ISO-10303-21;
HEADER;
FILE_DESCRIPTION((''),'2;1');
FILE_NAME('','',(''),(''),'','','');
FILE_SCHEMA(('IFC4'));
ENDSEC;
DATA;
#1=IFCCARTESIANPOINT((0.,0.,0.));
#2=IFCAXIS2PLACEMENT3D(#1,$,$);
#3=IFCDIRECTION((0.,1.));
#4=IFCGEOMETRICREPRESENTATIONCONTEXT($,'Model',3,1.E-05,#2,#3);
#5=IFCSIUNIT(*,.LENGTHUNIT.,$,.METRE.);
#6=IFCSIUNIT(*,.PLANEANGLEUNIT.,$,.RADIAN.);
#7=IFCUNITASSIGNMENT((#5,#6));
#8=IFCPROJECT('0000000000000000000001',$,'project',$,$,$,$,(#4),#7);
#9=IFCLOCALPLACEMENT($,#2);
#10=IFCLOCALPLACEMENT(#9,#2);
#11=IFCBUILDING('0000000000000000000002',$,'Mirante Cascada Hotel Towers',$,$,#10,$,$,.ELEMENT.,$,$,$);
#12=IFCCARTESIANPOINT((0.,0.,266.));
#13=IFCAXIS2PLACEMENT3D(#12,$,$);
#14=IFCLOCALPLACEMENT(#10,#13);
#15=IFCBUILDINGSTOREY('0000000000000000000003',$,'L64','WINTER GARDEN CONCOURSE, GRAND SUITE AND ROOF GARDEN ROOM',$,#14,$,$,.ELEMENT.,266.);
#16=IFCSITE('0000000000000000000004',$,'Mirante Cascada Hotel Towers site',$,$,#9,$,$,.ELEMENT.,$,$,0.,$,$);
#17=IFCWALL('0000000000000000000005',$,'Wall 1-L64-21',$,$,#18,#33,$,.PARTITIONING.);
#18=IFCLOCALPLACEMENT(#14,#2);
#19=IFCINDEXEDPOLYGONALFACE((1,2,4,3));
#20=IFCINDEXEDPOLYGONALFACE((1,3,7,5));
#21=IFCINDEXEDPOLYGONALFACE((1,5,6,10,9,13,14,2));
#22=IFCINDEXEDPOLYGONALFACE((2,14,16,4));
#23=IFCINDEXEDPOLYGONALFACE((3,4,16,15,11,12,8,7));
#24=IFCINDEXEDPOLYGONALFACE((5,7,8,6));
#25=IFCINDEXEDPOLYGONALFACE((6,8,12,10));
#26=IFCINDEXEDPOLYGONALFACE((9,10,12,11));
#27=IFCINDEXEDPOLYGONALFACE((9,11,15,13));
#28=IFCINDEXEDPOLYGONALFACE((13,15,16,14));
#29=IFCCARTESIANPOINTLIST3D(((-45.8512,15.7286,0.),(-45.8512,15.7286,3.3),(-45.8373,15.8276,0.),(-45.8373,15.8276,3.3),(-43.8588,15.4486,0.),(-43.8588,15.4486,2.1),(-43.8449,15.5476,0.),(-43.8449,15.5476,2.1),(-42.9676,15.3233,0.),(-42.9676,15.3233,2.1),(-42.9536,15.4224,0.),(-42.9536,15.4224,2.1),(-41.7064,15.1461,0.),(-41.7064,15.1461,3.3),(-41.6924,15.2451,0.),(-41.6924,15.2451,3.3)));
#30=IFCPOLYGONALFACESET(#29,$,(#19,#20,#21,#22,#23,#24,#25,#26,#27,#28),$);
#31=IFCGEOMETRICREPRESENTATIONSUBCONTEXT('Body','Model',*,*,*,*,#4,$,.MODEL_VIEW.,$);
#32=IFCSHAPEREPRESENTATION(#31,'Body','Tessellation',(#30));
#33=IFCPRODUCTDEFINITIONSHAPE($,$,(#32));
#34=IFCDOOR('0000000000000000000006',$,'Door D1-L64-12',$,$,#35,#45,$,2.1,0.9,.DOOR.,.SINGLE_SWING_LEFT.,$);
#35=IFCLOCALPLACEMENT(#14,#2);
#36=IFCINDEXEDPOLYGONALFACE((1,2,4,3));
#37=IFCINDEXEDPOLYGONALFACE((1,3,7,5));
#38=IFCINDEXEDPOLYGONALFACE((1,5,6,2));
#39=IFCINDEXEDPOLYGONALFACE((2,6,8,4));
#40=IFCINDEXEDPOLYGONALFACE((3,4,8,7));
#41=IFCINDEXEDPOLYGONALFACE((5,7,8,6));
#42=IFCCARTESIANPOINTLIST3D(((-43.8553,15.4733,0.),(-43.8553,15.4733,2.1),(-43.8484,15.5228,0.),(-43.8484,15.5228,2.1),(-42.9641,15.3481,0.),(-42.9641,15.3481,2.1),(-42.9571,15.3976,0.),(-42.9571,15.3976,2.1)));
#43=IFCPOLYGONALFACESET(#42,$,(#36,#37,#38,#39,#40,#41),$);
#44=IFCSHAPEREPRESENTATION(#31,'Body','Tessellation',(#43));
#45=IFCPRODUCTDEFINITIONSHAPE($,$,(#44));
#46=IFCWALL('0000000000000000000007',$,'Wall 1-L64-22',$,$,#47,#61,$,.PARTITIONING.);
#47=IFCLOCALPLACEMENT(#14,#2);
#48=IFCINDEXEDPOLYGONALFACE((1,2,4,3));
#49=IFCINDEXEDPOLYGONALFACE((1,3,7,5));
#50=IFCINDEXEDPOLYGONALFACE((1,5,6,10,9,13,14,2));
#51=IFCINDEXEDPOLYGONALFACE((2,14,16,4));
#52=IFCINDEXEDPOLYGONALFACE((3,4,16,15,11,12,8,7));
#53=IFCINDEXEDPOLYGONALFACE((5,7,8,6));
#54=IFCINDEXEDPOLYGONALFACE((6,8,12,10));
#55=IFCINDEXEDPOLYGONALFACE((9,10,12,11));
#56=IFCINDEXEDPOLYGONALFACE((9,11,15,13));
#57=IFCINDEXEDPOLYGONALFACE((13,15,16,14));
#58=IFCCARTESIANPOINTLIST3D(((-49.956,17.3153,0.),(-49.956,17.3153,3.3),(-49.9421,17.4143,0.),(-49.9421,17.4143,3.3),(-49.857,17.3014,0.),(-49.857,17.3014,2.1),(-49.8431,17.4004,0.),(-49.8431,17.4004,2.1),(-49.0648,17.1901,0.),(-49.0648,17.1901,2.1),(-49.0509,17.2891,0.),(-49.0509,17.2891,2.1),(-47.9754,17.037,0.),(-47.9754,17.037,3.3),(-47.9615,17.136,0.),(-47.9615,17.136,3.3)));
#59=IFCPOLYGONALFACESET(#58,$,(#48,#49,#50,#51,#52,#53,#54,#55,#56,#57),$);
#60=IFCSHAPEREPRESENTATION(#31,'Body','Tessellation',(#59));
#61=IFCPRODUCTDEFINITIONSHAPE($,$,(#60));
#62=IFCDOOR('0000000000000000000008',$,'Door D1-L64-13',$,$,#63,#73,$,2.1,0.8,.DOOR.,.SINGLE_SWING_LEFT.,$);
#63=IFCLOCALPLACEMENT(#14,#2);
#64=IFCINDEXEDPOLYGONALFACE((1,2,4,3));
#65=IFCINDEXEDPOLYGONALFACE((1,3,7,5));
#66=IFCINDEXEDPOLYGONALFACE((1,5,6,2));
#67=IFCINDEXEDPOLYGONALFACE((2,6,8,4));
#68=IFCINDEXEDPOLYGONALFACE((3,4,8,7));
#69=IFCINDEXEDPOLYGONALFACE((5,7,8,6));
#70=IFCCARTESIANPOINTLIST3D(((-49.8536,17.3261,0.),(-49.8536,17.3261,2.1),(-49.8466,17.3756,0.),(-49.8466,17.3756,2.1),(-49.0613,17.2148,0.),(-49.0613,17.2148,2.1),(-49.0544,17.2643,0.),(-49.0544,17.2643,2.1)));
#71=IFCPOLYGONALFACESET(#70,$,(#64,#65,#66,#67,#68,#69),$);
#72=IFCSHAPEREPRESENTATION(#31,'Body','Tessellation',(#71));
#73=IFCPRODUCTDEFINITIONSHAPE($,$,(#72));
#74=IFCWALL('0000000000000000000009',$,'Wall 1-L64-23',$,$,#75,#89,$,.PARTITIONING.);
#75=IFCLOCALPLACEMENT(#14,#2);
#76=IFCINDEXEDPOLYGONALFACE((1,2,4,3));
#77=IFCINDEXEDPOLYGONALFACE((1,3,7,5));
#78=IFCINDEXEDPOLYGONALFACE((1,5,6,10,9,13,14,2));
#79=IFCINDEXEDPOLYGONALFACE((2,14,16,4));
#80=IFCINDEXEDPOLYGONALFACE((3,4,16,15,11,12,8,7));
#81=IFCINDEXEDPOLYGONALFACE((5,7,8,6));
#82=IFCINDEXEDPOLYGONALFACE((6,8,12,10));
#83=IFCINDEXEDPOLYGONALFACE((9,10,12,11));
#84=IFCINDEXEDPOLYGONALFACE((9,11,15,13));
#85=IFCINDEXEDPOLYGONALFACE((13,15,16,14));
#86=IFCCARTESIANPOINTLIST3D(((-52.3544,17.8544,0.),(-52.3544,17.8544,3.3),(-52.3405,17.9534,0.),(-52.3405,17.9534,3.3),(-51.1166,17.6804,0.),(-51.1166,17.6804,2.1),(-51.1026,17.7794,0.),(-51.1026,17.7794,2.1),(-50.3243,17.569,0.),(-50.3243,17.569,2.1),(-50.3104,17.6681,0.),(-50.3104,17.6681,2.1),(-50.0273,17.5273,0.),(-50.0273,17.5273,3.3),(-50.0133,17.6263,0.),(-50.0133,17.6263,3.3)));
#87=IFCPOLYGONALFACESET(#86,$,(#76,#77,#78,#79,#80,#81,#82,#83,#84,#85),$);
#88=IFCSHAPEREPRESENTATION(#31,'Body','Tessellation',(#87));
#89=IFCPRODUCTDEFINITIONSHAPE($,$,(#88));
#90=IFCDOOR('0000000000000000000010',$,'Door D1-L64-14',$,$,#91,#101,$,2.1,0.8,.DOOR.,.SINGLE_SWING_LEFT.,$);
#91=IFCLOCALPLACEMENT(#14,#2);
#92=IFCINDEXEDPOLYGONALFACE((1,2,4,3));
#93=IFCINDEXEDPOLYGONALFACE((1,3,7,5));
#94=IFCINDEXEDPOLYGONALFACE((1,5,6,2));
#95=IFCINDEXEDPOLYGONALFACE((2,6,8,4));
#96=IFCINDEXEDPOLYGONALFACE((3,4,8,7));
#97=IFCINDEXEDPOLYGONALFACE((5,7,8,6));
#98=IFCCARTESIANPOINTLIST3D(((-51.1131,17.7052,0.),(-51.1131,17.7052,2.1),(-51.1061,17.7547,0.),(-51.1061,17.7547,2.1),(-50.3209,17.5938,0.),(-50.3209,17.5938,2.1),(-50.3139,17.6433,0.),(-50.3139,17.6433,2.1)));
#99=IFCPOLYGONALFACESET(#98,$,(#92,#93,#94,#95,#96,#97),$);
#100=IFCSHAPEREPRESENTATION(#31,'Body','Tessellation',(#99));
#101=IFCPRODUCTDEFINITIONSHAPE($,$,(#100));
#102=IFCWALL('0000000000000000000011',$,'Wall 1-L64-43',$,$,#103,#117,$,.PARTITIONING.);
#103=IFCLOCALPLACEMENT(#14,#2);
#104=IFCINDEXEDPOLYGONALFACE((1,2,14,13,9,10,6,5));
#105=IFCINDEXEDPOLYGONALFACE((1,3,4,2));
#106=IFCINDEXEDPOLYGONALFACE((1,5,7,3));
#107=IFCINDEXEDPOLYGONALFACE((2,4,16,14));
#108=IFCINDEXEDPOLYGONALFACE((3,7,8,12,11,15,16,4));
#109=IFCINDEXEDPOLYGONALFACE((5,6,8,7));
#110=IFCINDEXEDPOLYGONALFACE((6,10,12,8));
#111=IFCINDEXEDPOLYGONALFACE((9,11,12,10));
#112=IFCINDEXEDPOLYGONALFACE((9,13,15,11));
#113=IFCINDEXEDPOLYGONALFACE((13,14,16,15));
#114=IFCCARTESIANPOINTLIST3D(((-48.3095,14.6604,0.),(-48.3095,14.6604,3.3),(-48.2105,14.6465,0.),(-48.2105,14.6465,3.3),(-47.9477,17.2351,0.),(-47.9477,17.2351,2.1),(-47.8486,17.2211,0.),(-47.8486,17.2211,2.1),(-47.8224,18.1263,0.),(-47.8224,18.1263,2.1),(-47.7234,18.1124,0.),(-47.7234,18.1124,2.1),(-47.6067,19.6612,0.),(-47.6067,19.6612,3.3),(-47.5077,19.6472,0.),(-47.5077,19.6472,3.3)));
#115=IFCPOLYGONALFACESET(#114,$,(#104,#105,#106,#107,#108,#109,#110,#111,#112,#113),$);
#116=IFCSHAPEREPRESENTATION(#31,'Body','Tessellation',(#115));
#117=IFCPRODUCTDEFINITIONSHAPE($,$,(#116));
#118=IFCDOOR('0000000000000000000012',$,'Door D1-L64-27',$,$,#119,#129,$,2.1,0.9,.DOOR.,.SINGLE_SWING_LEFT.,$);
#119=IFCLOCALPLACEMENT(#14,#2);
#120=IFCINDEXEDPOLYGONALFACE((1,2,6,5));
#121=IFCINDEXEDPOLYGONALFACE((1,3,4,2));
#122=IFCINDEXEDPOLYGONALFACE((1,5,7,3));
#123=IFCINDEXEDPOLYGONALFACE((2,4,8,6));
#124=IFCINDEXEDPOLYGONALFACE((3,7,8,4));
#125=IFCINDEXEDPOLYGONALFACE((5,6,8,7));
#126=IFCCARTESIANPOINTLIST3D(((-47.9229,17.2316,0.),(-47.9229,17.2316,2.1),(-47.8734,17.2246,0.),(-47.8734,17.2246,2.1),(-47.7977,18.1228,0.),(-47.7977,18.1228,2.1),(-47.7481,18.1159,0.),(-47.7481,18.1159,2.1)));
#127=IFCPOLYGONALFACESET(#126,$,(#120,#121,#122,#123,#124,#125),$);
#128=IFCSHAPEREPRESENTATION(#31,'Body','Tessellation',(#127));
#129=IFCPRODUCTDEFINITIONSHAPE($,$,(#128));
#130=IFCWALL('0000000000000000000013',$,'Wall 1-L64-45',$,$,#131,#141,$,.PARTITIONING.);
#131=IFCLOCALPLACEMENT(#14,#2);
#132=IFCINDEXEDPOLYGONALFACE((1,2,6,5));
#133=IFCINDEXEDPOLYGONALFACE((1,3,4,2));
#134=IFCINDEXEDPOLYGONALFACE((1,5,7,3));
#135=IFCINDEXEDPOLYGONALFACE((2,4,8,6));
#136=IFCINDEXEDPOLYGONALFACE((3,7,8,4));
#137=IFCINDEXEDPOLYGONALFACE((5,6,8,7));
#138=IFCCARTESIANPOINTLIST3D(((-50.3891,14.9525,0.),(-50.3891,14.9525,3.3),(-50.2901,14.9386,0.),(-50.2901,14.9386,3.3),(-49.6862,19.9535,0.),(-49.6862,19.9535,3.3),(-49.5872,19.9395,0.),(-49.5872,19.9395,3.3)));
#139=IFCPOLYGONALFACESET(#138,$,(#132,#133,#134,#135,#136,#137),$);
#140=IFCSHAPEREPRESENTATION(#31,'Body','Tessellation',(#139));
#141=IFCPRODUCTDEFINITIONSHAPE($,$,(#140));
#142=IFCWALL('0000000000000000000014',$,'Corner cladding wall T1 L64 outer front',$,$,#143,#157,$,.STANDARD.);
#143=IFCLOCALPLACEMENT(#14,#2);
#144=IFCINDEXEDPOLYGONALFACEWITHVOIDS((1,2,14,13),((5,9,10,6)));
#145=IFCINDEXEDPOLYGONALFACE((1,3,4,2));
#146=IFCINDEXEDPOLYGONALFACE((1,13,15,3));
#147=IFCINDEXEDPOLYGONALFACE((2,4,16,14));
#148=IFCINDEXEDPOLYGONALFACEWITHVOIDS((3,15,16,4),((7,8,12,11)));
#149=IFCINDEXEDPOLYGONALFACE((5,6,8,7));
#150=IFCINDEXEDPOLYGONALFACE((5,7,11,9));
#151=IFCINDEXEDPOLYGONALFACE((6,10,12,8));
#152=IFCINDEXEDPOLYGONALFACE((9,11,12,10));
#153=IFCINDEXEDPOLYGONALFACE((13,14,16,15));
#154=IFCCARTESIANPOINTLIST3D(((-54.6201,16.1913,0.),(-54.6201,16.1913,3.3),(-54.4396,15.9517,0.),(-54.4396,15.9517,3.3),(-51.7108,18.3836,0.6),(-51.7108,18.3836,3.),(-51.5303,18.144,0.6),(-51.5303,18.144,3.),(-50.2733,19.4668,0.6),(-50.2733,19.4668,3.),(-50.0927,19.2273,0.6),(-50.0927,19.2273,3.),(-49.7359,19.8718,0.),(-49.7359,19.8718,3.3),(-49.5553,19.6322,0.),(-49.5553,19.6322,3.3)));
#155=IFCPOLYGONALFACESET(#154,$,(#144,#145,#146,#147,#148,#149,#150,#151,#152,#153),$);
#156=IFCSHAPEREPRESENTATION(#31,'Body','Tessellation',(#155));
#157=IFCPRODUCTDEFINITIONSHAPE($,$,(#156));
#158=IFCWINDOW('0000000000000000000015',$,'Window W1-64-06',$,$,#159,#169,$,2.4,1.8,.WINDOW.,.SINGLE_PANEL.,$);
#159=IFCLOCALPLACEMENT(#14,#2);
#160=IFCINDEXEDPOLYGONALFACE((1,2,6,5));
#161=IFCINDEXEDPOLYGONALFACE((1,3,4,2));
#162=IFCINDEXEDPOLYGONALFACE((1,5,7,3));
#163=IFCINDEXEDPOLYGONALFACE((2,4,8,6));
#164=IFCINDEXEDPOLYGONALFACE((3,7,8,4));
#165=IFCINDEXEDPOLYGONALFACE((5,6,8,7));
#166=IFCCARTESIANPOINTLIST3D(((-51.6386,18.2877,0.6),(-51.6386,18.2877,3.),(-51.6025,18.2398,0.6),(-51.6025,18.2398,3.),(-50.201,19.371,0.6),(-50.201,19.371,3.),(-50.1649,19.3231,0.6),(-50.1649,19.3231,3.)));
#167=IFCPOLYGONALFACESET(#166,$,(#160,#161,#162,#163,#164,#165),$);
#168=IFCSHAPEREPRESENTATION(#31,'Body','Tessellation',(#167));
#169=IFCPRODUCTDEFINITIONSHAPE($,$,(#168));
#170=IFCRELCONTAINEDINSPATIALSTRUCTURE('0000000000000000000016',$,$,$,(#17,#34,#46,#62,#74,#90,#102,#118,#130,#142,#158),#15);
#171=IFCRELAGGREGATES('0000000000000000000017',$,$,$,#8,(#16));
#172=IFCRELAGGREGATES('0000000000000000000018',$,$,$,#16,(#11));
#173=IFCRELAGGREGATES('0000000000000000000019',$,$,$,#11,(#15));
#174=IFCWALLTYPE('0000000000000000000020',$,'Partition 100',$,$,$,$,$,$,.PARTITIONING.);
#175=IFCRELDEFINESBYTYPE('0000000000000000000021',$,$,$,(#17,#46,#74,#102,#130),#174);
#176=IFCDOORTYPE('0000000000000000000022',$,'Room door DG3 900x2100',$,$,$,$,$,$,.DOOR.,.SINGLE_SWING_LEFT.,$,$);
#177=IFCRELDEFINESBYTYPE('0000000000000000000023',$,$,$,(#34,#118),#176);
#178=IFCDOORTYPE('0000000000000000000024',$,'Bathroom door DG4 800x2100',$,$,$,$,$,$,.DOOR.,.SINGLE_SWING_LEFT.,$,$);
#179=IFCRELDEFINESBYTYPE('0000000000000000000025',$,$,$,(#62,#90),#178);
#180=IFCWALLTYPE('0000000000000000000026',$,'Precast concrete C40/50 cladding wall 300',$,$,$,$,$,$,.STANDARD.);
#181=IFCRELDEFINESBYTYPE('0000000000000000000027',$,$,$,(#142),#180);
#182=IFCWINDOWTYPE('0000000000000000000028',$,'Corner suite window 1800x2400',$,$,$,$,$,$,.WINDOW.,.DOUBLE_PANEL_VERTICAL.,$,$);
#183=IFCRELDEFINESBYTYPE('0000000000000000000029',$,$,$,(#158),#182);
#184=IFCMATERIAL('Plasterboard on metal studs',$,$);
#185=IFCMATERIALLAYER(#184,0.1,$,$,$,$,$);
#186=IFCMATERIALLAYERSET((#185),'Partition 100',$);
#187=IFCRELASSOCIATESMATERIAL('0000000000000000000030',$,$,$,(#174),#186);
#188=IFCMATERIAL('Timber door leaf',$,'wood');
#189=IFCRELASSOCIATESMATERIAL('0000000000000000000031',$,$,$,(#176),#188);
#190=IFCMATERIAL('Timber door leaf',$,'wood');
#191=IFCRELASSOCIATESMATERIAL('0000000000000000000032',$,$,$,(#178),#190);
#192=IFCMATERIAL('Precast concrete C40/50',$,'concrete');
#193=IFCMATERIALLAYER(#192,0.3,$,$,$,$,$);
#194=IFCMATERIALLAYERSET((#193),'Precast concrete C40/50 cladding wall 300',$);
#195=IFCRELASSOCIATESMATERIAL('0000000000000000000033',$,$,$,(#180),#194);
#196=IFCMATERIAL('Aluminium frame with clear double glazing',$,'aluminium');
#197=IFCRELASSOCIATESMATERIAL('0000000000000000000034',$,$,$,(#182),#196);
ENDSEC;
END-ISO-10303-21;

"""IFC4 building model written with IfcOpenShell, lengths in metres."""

from ifc_helpers import new_model, si_unit, direction, frame, frame_2d, origin, place, context, subcontext, project, spatial, rectangle, extrude, material, layer, layer_set, type_object, element, fill, save


model = new_model("IFC4")

# Units and contexts
model_context = context("Model", 3, precision=1e-05, world=origin(), true_north=direction((0.0, 1.0)))
body_context = subcontext(model_context, "Body", "Model", "MODEL_VIEW")
ifc_project = project(units=[si_unit("LENGTHUNIT", "METRE"), si_unit("PLANEANGLEUNIT", "RADIAN")], contexts=[model_context])

# Site, building, storey
site_placement = place(None, origin())
site = spatial("IfcSite", under=ifc_project, at=site_placement, Name="Mirante Cascada Hotel Towers site", CompositionType="ELEMENT", RefElevation=0.0)
building_placement = place(site_placement, origin())
building = spatial("IfcBuilding", under=site, at=building_placement, Name="Mirante Cascada Hotel Towers", CompositionType="ELEMENT")
storey_placement = place(building_placement, frame((0.0, 0.0, 266.0)))
storey = spatial("IfcBuildingStorey", under=building, at=storey_placement, Name="L64", Description="WINTER GARDEN CONCOURSE, GRAND SUITE AND ROOF GARDEN ROOM", CompositionType="ELEMENT", Elevation=266.0)

# Shared definitions
ifc_material_1 = material(Name="Plasterboard on metal studs")
ifc_layer_1 = layer(ifc_material_1, 0.1)
ifc_layer_set_1 = layer_set([ifc_layer_1], Name="Partition 100")
wall_type_1 = type_object("IfcWallType", Name="Partition 100", PredefinedType="PARTITIONING", material=ifc_layer_set_1)

# Walls, openings, doors
ifc_material_2 = material(Name="Timber door leaf", Category="wood")
door_type_1 = type_object("IfcDoorType", Name="Room door DG3 900x2100", OperationType="SINGLE_SWING_LEFT", PredefinedType="DOOR", material=ifc_material_2)
wall_1_placement = place(storey_placement, frame((-41.6994, 15.1956, 0.0), z_axis=(0.0, 0.0, 1.0), x_axis=(-0.990269, 0.139167, 0.0)))
wall_1 = element("IfcWall", 1, at=wall_1_placement, inside=storey, type_object=wall_type_1, Name="Wall 1-L64-21", PredefinedType="PARTITIONING", context=body_context, shape_type="SweptSolid", body=[
    extrude(rectangle(XDim=4.1856, YDim=0.1, at=frame_2d((2.0928, 0.0))), origin(), (0.0, 0.0, 1.0), 3.3),
])
opening_1_placement = place(wall_1_placement, frame((1.2736, 0.0, 0.0)))
opening_1 = element("IfcOpeningElement", 2, at=opening_1_placement, cuts=wall_1, PredefinedType="OPENING", context=body_context, shape_type="SweptSolid", body=[
    extrude(rectangle(XDim=0.9, YDim=2.1, at=frame_2d((0.45, 1.05))), frame((0.0, 0.05, 0.0), z_axis=(0.0, -1.0, 0.0), x_axis=(1.0, 0.0, 0.0)), (0.0, 0.0, 1.0), 0.1),
])
door_1_placement = place(opening_1_placement, origin())
door_1 = element("IfcDoor", 3, at=door_1_placement, inside=storey, type_object=door_type_1, Name="Door D1-L64-12", OperationType="SINGLE_SWING_LEFT", OverallHeight=2.1, OverallWidth=0.9, PredefinedType="DOOR", context=body_context, shape_type="SweptSolid", body=[
    extrude(rectangle(XDim=0.9, YDim=2.1, at=frame_2d((0.45, 1.05))), frame((0.0, 0.025, 0.0), z_axis=(0.0, -1.0, 0.0), x_axis=(1.0, 0.0, 0.0)), (0.0, 0.0, 1.0), 0.05),
])
fill(opening_1, door_1)
wall_2_placement = place(storey_placement, frame((-49.9491, 17.3648, 0.0), z_axis=(0.0, 0.0, 1.0), x_axis=(0.990272, -0.139146, 0.0)))
wall_2 = element("IfcWall", 4, at=wall_2_placement, inside=storey, type_object=wall_type_1, Name="Wall 1-L64-22", PredefinedType="PARTITIONING", context=body_context, shape_type="SweptSolid", body=[
    extrude(rectangle(XDim=2.0001, YDim=0.1, at=frame_2d((1.0001, 0.0))), origin(), (0.0, 0.0, 1.0), 3.3),
])
opening_2_placement = place(wall_2_placement, frame((0.1, 0.0, 0.0)))
opening_2 = element("IfcOpeningElement", 5, at=opening_2_placement, cuts=wall_2, PredefinedType="OPENING", context=body_context, shape_type="SweptSolid", body=[
    extrude(rectangle(XDim=0.8, YDim=2.1, at=frame_2d((0.4, 1.05))), frame((0.0, 0.05, 0.0), z_axis=(0.0, -1.0, 0.0), x_axis=(1.0, 0.0, 0.0)), (0.0, 0.0, 1.0), 0.1),
])
ifc_material_3 = material(Name="Timber door leaf", Category="wood")
door_type_2 = type_object("IfcDoorType", Name="Bathroom door DG4 800x2100", OperationType="SINGLE_SWING_LEFT", PredefinedType="DOOR", material=ifc_material_3)
door_2_placement = place(opening_2_placement, origin())
door_2 = element("IfcDoor", 6, at=door_2_placement, inside=storey, type_object=door_type_2, Name="Door D1-L64-13", OperationType="SINGLE_SWING_LEFT", OverallHeight=2.1, OverallWidth=0.8, PredefinedType="DOOR", context=body_context, shape_type="SweptSolid", body=[
    extrude(rectangle(XDim=0.8, YDim=2.1, at=frame_2d((0.4, 1.05))), frame((0.0, 0.025, 0.0), z_axis=(0.0, -1.0, 0.0), x_axis=(1.0, 0.0, 0.0)), (0.0, 0.0, 1.0), 0.05),
])
fill(opening_2, door_2)
wall_3_placement = place(storey_placement, frame((-50.0203, 17.5768, 0.0), z_axis=(0.0, 0.0, 1.0), x_axis=(-0.990265, 0.139193, 0.0)))
wall_3 = element("IfcWall", 7, at=wall_3_placement, inside=storey, type_object=wall_type_1, Name="Wall 1-L64-23", PredefinedType="PARTITIONING", context=body_context, shape_type="SweptSolid", body=[
    extrude(rectangle(XDim=2.35, YDim=0.1, at=frame_2d((1.175, 0.0))), origin(), (0.0, 0.0, 1.0), 3.3),
])
opening_3_placement = place(wall_3_placement, frame((0.3, 0.0, 0.0)))
opening_3 = element("IfcOpeningElement", 8, at=opening_3_placement, cuts=wall_3, PredefinedType="OPENING", context=body_context, shape_type="SweptSolid", body=[
    extrude(rectangle(XDim=0.8, YDim=2.1, at=frame_2d((0.4, 1.05))), frame((0.0, 0.05, 0.0), z_axis=(0.0, -1.0, 0.0), x_axis=(1.0, 0.0, 0.0)), (0.0, 0.0, 1.0), 0.1),
])
door_3_placement = place(opening_3_placement, origin())
door_3 = element("IfcDoor", 9, at=door_3_placement, inside=storey, type_object=door_type_2, Name="Door D1-L64-14", OperationType="SINGLE_SWING_LEFT", OverallHeight=2.1, OverallWidth=0.8, PredefinedType="DOOR", context=body_context, shape_type="SweptSolid", body=[
    extrude(rectangle(XDim=0.8, YDim=2.1, at=frame_2d((0.4, 1.05))), frame((0.0, 0.025, 0.0), z_axis=(0.0, -1.0, 0.0), x_axis=(1.0, 0.0, 0.0)), (0.0, 0.0, 1.0), 0.05),
])
fill(opening_3, door_3)
wall_4_placement = place(storey_placement, frame((-48.26, 14.6534, 0.0), z_axis=(0.0, 0.0, 1.0), x_axis=(0.13917, 0.990268, 0.0)))
wall_4 = element("IfcWall", 10, at=wall_4_placement, inside=storey, type_object=wall_type_1, Name="Wall 1-L64-43", PredefinedType="PARTITIONING", context=body_context, shape_type="SweptSolid", body=[
    extrude(rectangle(XDim=5.0499, YDim=0.1, at=frame_2d((2.525, 0.0))), origin(), (0.0, 0.0, 1.0), 3.3),
])
opening_4_placement = place(wall_4_placement, frame((2.6, 0.0, 0.0)))
opening_4 = element("IfcOpeningElement", 11, at=opening_4_placement, cuts=wall_4, PredefinedType="OPENING", context=body_context, shape_type="SweptSolid", body=[
    extrude(rectangle(XDim=0.9, YDim=2.1, at=frame_2d((0.45, 1.05))), frame((0.0, 0.05, 0.0), z_axis=(0.0, -1.0, 0.0), x_axis=(1.0, 0.0, 0.0)), (0.0, 0.0, 1.0), 0.1),
])
door_4_placement = place(opening_4_placement, origin())
door_4 = element("IfcDoor", 12, at=door_4_placement, inside=storey, type_object=door_type_1, Name="Door D1-L64-27", OperationType="SINGLE_SWING_LEFT", OverallHeight=2.1, OverallWidth=0.9, PredefinedType="DOOR", context=body_context, shape_type="SweptSolid", body=[
    extrude(rectangle(XDim=0.9, YDim=2.1, at=frame_2d((0.45, 1.05))), frame((0.0, 0.025, 0.0), z_axis=(0.0, -1.0, 0.0), x_axis=(1.0, 0.0, 0.0)), (0.0, 0.0, 1.0), 0.05),
])
fill(opening_4, door_4)

# Wall
wall_5_placement = place(storey_placement, frame((-50.3396, 14.9456, 0.0), z_axis=(0.0, 0.0, 1.0), x_axis=(0.139187, 0.990266, 0.0)))
element("IfcWall", 13, at=wall_5_placement, inside=storey, type_object=wall_type_1, Name="Wall 1-L64-45", PredefinedType="PARTITIONING", context=body_context, shape_type="SweptSolid", body=[
    extrude(rectangle(XDim=5.0501, YDim=0.1, at=frame_2d((2.525, 0.0))), origin(), (0.0, 0.0, 1.0), 3.3),
])

# Wall, opening, window
ifc_material_4 = material(Name="Precast concrete C40/50", Category="concrete")
ifc_layer_2 = layer(ifc_material_4, 0.3)
ifc_layer_set_2 = layer_set([ifc_layer_2], Name="Precast concrete C40/50 cladding wall 300")
wall_type_2 = type_object("IfcWallType", Name="Precast concrete C40/50 cladding wall 300", PredefinedType="STANDARD", material=ifc_layer_set_2)
wall_6_placement = place(storey_placement, frame((-54.5298, 16.0715, 0.0), z_axis=(0.0, 0.0, 1.0), x_axis=(0.798636, 0.601814, 0.0)))
wall_6 = element("IfcWall", 14, at=wall_6_placement, inside=storey, type_object=wall_type_2, Name="Corner cladding wall T1 L64 outer front", PredefinedType="STANDARD", context=body_context, shape_type="SweptSolid", body=[
    extrude(rectangle(XDim=6.1157, YDim=0.3, at=frame_2d((3.0578, 0.0))), origin(), (0.0, 0.0, 1.0), 3.3),
])
opening_5_placement = place(wall_6_placement, frame((3.6428, 0.0, 0.6)))
opening_5 = element("IfcOpeningElement", 15, at=opening_5_placement, cuts=wall_6, PredefinedType="OPENING", context=body_context, shape_type="SweptSolid", body=[
    extrude(rectangle(XDim=1.8, YDim=2.4, at=frame_2d((0.9, 1.2))), frame((0.0, 0.15, 0.0), z_axis=(0.0, -1.0, 0.0), x_axis=(1.0, 0.0, 0.0)), (0.0, 0.0, 1.0), 0.3),
])
ifc_material_5 = material(Name="Aluminium frame with clear double glazing", Category="aluminium")
window_type = type_object("IfcWindowType", Name="Corner suite window 1800x2400", PartitioningType="DOUBLE_PANEL_VERTICAL", PredefinedType="WINDOW", material=ifc_material_5)
window_placement = place(opening_5_placement, origin())
window = element("IfcWindow", 16, at=window_placement, inside=storey, type_object=window_type, Name="Window W1-64-06", OverallHeight=2.4, OverallWidth=1.8, PartitioningType="SINGLE_PANEL", PredefinedType="WINDOW", context=body_context, shape_type="SweptSolid", body=[
    extrude(rectangle(XDim=1.8, YDim=2.4, at=frame_2d((0.9, 1.2))), frame((0.0, 0.03, 0.0), z_axis=(0.0, -1.0, 0.0), x_axis=(1.0, 0.0, 0.0)), (0.0, 0.0, 1.0), 0.06),
])
fill(opening_5, window)

save(model, "model.ifc")
